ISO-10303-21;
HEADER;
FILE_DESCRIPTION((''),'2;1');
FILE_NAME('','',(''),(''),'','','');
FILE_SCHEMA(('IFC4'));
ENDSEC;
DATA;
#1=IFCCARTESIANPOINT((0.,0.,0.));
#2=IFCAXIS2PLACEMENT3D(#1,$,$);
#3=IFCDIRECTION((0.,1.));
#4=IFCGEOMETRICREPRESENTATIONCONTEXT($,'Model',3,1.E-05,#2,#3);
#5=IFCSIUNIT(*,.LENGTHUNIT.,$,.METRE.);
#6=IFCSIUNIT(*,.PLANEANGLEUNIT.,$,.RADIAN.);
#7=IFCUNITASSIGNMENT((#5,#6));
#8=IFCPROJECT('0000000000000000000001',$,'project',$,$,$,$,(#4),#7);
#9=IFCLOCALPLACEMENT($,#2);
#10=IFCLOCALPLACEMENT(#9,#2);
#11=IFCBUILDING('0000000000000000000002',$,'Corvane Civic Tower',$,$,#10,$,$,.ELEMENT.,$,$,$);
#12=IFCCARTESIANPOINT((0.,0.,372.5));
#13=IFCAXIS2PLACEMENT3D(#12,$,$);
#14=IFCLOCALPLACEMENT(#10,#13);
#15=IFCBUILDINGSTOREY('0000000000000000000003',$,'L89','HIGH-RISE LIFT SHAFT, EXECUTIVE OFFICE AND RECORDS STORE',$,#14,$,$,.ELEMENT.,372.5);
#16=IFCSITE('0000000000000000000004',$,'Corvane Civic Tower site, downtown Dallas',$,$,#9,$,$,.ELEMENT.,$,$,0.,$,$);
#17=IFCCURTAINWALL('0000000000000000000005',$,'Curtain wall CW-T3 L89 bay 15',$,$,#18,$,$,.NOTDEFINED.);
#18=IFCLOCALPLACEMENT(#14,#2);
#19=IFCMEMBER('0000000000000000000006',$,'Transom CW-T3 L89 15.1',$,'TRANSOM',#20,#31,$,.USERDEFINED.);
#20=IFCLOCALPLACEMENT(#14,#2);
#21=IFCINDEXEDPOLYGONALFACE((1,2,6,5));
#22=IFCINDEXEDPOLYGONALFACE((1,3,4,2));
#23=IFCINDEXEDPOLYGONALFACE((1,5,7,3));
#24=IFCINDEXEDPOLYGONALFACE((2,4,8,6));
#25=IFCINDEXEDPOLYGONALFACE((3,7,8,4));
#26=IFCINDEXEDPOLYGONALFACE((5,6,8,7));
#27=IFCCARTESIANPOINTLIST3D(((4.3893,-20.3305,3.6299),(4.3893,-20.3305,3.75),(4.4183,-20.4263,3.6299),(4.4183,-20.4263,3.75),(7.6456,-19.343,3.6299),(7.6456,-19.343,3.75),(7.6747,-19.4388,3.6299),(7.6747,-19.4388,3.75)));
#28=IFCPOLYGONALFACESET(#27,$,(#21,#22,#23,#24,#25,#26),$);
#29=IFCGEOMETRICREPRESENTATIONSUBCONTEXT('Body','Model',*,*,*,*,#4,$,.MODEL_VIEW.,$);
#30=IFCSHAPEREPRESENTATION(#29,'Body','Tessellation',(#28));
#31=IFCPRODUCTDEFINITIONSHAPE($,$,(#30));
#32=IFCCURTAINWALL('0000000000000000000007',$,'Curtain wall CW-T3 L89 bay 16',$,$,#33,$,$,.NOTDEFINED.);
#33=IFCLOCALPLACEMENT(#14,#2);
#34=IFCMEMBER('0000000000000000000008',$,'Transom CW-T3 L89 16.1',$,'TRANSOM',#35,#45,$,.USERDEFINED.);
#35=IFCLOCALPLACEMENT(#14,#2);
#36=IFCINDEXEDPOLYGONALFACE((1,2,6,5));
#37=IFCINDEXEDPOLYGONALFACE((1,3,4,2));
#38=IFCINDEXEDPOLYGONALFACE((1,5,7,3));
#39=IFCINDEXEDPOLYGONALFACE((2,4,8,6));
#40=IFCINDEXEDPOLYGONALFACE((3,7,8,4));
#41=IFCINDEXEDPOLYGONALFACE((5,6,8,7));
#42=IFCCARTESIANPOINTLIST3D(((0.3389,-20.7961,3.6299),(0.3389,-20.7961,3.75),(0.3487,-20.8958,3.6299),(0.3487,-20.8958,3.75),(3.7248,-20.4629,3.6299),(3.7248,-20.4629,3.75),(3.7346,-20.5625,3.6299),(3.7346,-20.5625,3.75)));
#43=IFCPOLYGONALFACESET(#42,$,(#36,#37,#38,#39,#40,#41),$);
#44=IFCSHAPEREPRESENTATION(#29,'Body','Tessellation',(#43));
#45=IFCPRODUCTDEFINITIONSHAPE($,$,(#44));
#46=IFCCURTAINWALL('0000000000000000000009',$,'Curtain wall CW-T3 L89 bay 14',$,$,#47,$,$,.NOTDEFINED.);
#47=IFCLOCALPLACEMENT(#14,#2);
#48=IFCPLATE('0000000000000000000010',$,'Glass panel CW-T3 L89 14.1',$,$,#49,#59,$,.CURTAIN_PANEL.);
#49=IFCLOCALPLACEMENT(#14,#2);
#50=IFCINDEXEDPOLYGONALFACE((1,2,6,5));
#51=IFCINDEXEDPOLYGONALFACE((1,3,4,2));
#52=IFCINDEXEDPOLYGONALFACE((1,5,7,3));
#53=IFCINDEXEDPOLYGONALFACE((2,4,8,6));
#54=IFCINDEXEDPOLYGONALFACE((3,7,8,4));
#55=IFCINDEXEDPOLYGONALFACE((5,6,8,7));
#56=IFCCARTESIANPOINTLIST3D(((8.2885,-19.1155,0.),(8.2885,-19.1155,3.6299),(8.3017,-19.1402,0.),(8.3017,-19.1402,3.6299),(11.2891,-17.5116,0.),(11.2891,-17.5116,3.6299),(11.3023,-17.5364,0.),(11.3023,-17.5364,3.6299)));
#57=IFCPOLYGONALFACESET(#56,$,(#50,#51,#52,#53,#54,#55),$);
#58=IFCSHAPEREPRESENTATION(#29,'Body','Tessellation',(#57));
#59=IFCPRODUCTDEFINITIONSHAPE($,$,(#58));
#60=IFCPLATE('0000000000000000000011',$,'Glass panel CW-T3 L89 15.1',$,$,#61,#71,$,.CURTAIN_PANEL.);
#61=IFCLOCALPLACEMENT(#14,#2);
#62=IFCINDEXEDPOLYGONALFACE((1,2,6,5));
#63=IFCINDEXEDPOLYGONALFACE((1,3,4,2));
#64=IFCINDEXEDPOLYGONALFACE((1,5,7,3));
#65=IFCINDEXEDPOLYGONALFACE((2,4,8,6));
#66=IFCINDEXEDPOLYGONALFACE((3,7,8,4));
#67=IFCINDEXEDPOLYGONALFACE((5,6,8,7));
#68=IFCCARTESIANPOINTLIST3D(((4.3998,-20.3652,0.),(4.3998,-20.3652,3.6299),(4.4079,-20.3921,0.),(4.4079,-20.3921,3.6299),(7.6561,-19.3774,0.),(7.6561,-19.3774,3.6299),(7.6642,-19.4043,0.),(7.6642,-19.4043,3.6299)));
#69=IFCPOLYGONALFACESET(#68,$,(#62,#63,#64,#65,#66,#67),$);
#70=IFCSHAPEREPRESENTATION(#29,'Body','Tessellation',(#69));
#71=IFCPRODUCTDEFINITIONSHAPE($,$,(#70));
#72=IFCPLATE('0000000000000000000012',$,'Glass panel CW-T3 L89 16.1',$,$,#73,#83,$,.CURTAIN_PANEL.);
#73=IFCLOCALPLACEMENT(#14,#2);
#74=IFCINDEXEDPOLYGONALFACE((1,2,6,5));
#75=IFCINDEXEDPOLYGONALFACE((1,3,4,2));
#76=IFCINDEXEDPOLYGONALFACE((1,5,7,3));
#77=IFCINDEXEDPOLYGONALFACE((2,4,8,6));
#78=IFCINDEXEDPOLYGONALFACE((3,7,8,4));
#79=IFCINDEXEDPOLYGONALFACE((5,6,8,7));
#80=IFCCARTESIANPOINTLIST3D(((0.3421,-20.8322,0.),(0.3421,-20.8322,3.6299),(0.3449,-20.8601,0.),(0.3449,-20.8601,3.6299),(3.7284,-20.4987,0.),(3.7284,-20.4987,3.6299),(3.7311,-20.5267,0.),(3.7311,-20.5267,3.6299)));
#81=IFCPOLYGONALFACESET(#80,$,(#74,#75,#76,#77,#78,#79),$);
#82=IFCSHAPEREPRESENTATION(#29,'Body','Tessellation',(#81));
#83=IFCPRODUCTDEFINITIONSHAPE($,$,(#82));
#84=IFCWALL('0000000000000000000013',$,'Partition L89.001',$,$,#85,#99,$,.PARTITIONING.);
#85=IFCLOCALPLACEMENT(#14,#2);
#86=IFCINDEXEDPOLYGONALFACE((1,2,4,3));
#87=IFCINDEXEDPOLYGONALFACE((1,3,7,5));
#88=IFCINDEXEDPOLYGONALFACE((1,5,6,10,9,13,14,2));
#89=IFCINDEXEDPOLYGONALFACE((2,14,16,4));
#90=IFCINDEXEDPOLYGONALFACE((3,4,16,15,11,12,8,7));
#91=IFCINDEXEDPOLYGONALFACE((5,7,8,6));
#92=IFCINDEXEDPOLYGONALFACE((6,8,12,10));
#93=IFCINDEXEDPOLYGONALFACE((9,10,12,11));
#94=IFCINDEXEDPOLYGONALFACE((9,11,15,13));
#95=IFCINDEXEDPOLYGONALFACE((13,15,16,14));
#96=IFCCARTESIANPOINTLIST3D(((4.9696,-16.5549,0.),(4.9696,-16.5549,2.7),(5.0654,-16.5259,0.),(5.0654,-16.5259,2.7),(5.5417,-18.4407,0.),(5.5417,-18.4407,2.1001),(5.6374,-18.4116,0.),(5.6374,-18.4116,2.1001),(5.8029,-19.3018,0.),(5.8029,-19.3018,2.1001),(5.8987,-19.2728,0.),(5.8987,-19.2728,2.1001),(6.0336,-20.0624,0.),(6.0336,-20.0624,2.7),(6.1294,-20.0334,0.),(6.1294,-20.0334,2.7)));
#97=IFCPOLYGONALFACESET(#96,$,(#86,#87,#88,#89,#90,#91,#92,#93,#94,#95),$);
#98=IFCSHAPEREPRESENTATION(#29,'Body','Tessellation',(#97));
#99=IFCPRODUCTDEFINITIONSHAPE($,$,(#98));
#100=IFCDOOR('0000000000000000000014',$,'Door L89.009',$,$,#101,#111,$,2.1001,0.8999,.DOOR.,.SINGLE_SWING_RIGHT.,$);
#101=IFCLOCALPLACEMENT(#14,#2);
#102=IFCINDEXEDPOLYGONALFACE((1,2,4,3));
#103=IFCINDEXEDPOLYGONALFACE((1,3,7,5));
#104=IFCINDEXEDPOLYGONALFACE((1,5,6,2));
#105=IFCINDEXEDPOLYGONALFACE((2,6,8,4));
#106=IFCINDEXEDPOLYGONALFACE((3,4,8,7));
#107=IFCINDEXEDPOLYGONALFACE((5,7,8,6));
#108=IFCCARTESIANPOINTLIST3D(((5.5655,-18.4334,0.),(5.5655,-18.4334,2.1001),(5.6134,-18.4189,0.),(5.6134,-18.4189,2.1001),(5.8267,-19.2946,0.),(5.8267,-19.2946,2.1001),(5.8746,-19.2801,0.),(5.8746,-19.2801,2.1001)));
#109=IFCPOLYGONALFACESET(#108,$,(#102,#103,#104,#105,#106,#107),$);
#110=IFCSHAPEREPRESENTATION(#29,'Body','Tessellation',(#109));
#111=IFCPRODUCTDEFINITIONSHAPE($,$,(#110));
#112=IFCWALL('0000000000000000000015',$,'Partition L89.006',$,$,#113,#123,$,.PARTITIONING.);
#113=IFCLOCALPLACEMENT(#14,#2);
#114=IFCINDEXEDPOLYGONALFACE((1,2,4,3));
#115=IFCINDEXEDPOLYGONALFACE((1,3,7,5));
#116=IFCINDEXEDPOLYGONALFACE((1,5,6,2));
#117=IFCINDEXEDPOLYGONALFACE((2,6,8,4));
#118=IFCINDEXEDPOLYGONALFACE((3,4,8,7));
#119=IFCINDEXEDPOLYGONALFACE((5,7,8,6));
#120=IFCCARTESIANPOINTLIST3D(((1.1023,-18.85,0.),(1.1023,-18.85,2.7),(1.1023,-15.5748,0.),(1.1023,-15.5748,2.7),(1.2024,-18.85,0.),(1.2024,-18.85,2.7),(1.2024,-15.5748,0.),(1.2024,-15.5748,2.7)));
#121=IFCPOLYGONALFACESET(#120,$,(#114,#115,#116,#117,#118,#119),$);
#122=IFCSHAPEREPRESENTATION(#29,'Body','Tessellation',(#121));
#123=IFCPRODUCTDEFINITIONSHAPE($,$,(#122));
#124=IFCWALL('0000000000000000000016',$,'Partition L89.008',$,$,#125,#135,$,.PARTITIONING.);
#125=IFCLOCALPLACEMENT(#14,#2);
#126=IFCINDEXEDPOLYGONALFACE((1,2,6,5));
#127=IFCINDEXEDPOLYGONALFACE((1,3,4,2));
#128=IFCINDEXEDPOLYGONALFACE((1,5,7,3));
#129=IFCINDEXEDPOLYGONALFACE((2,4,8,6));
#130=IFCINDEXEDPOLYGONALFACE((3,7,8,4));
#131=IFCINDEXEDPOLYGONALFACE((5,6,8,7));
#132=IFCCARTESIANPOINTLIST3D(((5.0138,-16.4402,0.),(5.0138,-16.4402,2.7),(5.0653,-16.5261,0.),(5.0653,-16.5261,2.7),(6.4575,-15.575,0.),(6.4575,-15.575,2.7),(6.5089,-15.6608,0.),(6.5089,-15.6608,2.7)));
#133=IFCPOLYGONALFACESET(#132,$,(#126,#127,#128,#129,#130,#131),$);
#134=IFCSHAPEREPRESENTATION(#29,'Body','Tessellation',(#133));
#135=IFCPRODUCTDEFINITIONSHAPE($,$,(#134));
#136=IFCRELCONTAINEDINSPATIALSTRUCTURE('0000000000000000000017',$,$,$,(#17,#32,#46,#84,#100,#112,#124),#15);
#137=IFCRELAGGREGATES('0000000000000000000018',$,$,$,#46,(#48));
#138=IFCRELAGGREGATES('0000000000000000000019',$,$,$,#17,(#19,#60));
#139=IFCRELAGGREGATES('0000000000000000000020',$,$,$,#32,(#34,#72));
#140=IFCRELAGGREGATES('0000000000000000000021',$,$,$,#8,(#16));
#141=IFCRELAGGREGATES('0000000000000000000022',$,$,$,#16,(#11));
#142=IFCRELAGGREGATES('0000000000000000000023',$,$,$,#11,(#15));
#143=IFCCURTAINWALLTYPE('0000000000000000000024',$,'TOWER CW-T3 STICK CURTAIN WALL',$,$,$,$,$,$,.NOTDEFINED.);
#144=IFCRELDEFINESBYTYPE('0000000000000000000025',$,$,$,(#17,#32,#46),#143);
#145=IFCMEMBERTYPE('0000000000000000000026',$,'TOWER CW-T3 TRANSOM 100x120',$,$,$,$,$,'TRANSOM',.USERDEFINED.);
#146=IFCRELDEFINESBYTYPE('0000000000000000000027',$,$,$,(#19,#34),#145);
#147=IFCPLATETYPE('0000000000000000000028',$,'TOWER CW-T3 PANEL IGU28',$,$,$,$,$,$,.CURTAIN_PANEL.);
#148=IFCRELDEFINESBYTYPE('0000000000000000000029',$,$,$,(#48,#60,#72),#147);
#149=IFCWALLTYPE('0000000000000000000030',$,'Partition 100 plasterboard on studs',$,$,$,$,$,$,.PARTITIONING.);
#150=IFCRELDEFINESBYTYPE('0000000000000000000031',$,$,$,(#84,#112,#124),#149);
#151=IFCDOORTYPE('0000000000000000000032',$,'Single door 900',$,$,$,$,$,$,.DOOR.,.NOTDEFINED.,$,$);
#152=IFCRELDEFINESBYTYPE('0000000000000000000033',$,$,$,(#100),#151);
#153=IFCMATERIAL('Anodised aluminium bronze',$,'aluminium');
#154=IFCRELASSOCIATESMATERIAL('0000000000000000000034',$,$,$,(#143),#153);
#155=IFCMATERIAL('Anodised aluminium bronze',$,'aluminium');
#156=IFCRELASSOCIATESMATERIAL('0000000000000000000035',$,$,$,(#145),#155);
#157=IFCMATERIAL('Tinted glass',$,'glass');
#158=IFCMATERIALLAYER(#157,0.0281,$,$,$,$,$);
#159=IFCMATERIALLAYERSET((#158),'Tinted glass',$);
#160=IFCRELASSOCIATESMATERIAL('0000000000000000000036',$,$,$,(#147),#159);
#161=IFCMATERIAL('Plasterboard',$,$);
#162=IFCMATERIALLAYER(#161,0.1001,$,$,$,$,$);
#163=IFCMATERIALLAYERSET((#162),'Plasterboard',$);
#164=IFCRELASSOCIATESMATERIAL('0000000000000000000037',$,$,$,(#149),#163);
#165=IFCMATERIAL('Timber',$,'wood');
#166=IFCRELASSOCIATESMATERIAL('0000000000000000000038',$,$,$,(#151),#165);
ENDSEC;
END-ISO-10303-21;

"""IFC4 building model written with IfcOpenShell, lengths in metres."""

from ifc_helpers import new_model, si_unit, direction, frame, frame_2d, origin, origin_2d, place, context, subcontext, project, spatial, rectangle, extrude, material, layer, layer_set, material_profile, profile_set, type_object, element, fill, aggregate, save


model = new_model("IFC4")

# Units and contexts
model_context = context("Model", 3, precision=1e-05, world=origin(), true_north=direction((0.0, 1.0)))
body_context = subcontext(model_context, "Body", "Model", "MODEL_VIEW")
ifc_project = project(units=[si_unit("LENGTHUNIT", "METRE"), si_unit("PLANEANGLEUNIT", "RADIAN")], contexts=[model_context])

# Site, building, storey
site_placement = place(None, origin())
site = spatial("IfcSite", under=ifc_project, at=site_placement, Name="Corvane Civic Tower site, downtown Dallas", CompositionType="ELEMENT", RefElevation=0.0)
building_placement = place(site_placement, origin())
building = spatial("IfcBuilding", under=site, at=building_placement, Name="Corvane Civic Tower", CompositionType="ELEMENT")
storey_placement = place(building_placement, frame((0.0, 0.0, 372.5)))
storey = spatial("IfcBuildingStorey", under=building, at=storey_placement, Name="L89", Description="HIGH-RISE LIFT SHAFT, EXECUTIVE OFFICE AND RECORDS STORE", CompositionType="ELEMENT", Elevation=372.5)

# Curtain walls, members
ifc_material_1 = material(Name="Anodised aluminium bronze", Category="aluminium")
curtain_wall_type = type_object("IfcCurtainWallType", Name="TOWER CW-T3 STICK CURTAIN WALL", PredefinedType="NOTDEFINED", material=ifc_material_1)
curtain_wall_1_placement = place(storey_placement, origin())
curtain_wall_1 = element("IfcCurtainWall", 1, at=curtain_wall_1_placement, inside=storey, type_object=curtain_wall_type, Name="Curtain wall CW-T3 L89 bay 15", PredefinedType="NOTDEFINED")
ifc_material_2 = material(Name="Anodised aluminium bronze", Category="aluminium")
ifc_material_profile_1 = material_profile(ifc_material_2, rectangle(XDim=0.1001, YDim=0.1201, at=origin_2d()), Name="TOWER CW-T3 TRANSOM 100x120")
ifc_profile_set_1 = profile_set([ifc_material_profile_1], Name="Anodised aluminium bronze")
member_type = type_object("IfcMemberType", Name="TOWER CW-T3 TRANSOM 100x120", ElementType="TRANSOM", PredefinedType="USERDEFINED", material=ifc_profile_set_1)
member_1_placement = place(storey_placement, frame((7.6602, -19.3909, 3.6899), z_axis=(-0.956961, -0.290216, 0.0), x_axis=(0.290216, -0.956961, 0.0)))
member_1 = element("IfcMember", 2, at=member_1_placement, type_object=member_type, Name="Transom CW-T3 L89 15.1", ObjectType="TRANSOM", PredefinedType="USERDEFINED", context=body_context, shape_type="SweptSolid", body=[
    extrude(rectangle(XDim=0.1001, YDim=0.1201, at=origin_2d()), origin(), (0.0, 0.0, 1.0), 3.4028),
])
curtain_wall_2_placement = place(storey_placement, origin())
curtain_wall_2 = element("IfcCurtainWall", 3, at=curtain_wall_2_placement, inside=storey, type_object=curtain_wall_type, Name="Curtain wall CW-T3 L89 bay 16", PredefinedType="NOTDEFINED")
member_2_placement = place(storey_placement, frame((3.7297, -20.5127, 3.6899), z_axis=(-0.995192, -0.097948, 0.0), x_axis=(0.097948, -0.995192, 0.0)))
member_2 = element("IfcMember", 4, at=member_2_placement, type_object=member_type, Name="Transom CW-T3 L89 16.1", ObjectType="TRANSOM", PredefinedType="USERDEFINED", context=body_context, shape_type="SweptSolid", body=[
    extrude(rectangle(XDim=0.1001, YDim=0.1201, at=origin_2d()), origin(), (0.0, 0.0, 1.0), 3.4023),
])

# Curtain wall, plate
curtain_wall_3_placement = place(storey_placement, origin())
curtain_wall_3 = element("IfcCurtainWall", 5, at=curtain_wall_3_placement, inside=storey, type_object=curtain_wall_type, Name="Curtain wall CW-T3 L89 bay 14", PredefinedType="NOTDEFINED")
ifc_material_3 = material(Name="Tinted glass", Category="glass")
ifc_layer_1 = layer(ifc_material_3, 0.0281)
ifc_layer_set_1 = layer_set([ifc_layer_1], Name="Tinted glass")
plate_type = type_object("IfcPlateType", Name="TOWER CW-T3 PANEL IGU28", PredefinedType="CURTAIN_PANEL", material=ifc_layer_set_1)
plate_1_placement = place(storey_placement, frame((9.7954, -18.3259, 0.0), z_axis=(0.0, 0.0, 1.0), x_axis=(-0.881928, -0.471384, 0.0)))
plate_1 = element("IfcPlate", 6, at=plate_1_placement, type_object=plate_type, Name="Glass panel CW-T3 L89 14.1", PredefinedType="CURTAIN_PANEL", context=body_context, shape_type="SweptSolid", body=[
    extrude(rectangle(XDim=3.4023, YDim=0.0281, at=origin_2d()), origin(), (0.0, 0.0, 1.0), 3.6299),
])
aggregate(curtain_wall_3, [plate_1])

# Plates
plate_2_placement = place(storey_placement, frame((6.032, -19.8848, 0.0), z_axis=(0.0, 0.0, 1.0), x_axis=(-0.956939, -0.29029, 0.0)))
plate_2 = element("IfcPlate", 7, at=plate_2_placement, type_object=plate_type, Name="Glass panel CW-T3 L89 15.1", PredefinedType="CURTAIN_PANEL", context=body_context, shape_type="SweptSolid", body=[
    extrude(rectangle(XDim=3.4028, YDim=0.0281, at=origin_2d()), origin(), (0.0, 0.0, 1.0), 3.6299),
])
aggregate(curtain_wall_1, [member_1, plate_2])
plate_3_placement = place(storey_placement, frame((2.0366, -20.6794, 0.0), z_axis=(0.0, 0.0, 1.0), x_axis=(-0.995187, -0.097998, 0.0)))
plate_3 = element("IfcPlate", 8, at=plate_3_placement, type_object=plate_type, Name="Glass panel CW-T3 L89 16.1", PredefinedType="CURTAIN_PANEL", context=body_context, shape_type="SweptSolid", body=[
    extrude(rectangle(XDim=3.4026, YDim=0.0281, at=origin_2d()), origin(), (0.0, 0.0, 1.0), 3.6299),
])
aggregate(curtain_wall_2, [member_2, plate_3])

# Wall, opening, door
ifc_material_4 = material(Name="Plasterboard")
ifc_layer_2 = layer(ifc_material_4, 0.1001)
ifc_layer_set_2 = layer_set([ifc_layer_2], Name="Plasterboard")
wall_type = type_object("IfcWallType", Name="Partition 100 plasterboard on studs", PredefinedType="PARTITIONING", material=ifc_layer_set_2)
wall_1_placement = place(storey_placement, frame((5.0176, -16.5405, 0.0), z_axis=(0.0, 0.0, 1.0), x_axis=(0.290274, -0.956944, 0.0)))
wall_1 = element("IfcWall", 9, at=wall_1_placement, inside=storey, type_object=wall_type, Name="Partition L89.001", PredefinedType="PARTITIONING", context=body_context, shape_type="SweptSolid", body=[
    extrude(rectangle(XDim=3.6653, YDim=0.1001, at=frame_2d((1.8325, 0.0))), origin(), (0.0, 0.0, 1.0), 2.7),
])
opening_placement = place(wall_1_placement, frame((1.9705, 0.0, 0.0)))
opening = element("IfcOpeningElement", 10, at=opening_placement, cuts=wall_1, PredefinedType="OPENING", context=body_context, shape_type="SweptSolid", body=[
    extrude(rectangle(XDim=0.8999, YDim=2.1001, at=frame_2d((0.45, 1.05))), frame((0.0, 0.0601, 0.0), z_axis=(0.0, -1.0, 0.0), x_axis=(1.0, 0.0, 0.0)), (0.0, 0.0, 1.0), 0.1201),
])
ifc_material_5 = material(Name="Timber", Category="wood")
door_type = type_object("IfcDoorType", Name="Single door 900", OperationType="NOTDEFINED", PredefinedType="DOOR", material=ifc_material_5)
door_placement = place(opening_placement, origin())
door = element("IfcDoor", 11, at=door_placement, inside=storey, type_object=door_type, Name="Door L89.009", OperationType="SINGLE_SWING_RIGHT", OverallHeight=2.1001, OverallWidth=0.8999, PredefinedType="DOOR", context=body_context, shape_type="SweptSolid", body=[
    extrude(rectangle(XDim=0.8999, YDim=2.1001, at=frame_2d((0.45, 1.05))), frame((0.0, 0.0249, 0.0), z_axis=(0.0, -1.0, 0.0), x_axis=(1.0, 0.0, 0.0)), (0.0, 0.0, 1.0), 0.05),
])
fill(opening, door)

# Walls
wall_2_placement = place(storey_placement, frame((1.1523, -18.8501, 0.0), z_axis=(0.0, 0.0, 1.0), x_axis=(0.0, 1.0, 0.0)))
element("IfcWall", 12, at=wall_2_placement, inside=storey, type_object=wall_type, Name="Partition L89.006", PredefinedType="PARTITIONING", context=body_context, shape_type="SweptSolid", body=[
    extrude(rectangle(XDim=3.2751, YDim=0.1001, at=frame_2d((1.6377, 0.0))), origin(), (0.0, 0.0, 1.0), 2.7),
])
wall_3_placement = place(storey_placement, frame((5.0396, -16.4832, 0.0), z_axis=(0.0, 0.0, 1.0), x_axis=(0.857736, 0.51409, 0.0)))
element("IfcWall", 13, at=wall_3_placement, inside=storey, type_object=wall_type, Name="Partition L89.008", PredefinedType="PARTITIONING", context=body_context, shape_type="SweptSolid", body=[
    extrude(rectangle(XDim=1.6831, YDim=0.1001, at=frame_2d((0.8416, 0.0))), origin(), (0.0, 0.0, 1.0), 2.7),
])

save(model, "model.ifc")
